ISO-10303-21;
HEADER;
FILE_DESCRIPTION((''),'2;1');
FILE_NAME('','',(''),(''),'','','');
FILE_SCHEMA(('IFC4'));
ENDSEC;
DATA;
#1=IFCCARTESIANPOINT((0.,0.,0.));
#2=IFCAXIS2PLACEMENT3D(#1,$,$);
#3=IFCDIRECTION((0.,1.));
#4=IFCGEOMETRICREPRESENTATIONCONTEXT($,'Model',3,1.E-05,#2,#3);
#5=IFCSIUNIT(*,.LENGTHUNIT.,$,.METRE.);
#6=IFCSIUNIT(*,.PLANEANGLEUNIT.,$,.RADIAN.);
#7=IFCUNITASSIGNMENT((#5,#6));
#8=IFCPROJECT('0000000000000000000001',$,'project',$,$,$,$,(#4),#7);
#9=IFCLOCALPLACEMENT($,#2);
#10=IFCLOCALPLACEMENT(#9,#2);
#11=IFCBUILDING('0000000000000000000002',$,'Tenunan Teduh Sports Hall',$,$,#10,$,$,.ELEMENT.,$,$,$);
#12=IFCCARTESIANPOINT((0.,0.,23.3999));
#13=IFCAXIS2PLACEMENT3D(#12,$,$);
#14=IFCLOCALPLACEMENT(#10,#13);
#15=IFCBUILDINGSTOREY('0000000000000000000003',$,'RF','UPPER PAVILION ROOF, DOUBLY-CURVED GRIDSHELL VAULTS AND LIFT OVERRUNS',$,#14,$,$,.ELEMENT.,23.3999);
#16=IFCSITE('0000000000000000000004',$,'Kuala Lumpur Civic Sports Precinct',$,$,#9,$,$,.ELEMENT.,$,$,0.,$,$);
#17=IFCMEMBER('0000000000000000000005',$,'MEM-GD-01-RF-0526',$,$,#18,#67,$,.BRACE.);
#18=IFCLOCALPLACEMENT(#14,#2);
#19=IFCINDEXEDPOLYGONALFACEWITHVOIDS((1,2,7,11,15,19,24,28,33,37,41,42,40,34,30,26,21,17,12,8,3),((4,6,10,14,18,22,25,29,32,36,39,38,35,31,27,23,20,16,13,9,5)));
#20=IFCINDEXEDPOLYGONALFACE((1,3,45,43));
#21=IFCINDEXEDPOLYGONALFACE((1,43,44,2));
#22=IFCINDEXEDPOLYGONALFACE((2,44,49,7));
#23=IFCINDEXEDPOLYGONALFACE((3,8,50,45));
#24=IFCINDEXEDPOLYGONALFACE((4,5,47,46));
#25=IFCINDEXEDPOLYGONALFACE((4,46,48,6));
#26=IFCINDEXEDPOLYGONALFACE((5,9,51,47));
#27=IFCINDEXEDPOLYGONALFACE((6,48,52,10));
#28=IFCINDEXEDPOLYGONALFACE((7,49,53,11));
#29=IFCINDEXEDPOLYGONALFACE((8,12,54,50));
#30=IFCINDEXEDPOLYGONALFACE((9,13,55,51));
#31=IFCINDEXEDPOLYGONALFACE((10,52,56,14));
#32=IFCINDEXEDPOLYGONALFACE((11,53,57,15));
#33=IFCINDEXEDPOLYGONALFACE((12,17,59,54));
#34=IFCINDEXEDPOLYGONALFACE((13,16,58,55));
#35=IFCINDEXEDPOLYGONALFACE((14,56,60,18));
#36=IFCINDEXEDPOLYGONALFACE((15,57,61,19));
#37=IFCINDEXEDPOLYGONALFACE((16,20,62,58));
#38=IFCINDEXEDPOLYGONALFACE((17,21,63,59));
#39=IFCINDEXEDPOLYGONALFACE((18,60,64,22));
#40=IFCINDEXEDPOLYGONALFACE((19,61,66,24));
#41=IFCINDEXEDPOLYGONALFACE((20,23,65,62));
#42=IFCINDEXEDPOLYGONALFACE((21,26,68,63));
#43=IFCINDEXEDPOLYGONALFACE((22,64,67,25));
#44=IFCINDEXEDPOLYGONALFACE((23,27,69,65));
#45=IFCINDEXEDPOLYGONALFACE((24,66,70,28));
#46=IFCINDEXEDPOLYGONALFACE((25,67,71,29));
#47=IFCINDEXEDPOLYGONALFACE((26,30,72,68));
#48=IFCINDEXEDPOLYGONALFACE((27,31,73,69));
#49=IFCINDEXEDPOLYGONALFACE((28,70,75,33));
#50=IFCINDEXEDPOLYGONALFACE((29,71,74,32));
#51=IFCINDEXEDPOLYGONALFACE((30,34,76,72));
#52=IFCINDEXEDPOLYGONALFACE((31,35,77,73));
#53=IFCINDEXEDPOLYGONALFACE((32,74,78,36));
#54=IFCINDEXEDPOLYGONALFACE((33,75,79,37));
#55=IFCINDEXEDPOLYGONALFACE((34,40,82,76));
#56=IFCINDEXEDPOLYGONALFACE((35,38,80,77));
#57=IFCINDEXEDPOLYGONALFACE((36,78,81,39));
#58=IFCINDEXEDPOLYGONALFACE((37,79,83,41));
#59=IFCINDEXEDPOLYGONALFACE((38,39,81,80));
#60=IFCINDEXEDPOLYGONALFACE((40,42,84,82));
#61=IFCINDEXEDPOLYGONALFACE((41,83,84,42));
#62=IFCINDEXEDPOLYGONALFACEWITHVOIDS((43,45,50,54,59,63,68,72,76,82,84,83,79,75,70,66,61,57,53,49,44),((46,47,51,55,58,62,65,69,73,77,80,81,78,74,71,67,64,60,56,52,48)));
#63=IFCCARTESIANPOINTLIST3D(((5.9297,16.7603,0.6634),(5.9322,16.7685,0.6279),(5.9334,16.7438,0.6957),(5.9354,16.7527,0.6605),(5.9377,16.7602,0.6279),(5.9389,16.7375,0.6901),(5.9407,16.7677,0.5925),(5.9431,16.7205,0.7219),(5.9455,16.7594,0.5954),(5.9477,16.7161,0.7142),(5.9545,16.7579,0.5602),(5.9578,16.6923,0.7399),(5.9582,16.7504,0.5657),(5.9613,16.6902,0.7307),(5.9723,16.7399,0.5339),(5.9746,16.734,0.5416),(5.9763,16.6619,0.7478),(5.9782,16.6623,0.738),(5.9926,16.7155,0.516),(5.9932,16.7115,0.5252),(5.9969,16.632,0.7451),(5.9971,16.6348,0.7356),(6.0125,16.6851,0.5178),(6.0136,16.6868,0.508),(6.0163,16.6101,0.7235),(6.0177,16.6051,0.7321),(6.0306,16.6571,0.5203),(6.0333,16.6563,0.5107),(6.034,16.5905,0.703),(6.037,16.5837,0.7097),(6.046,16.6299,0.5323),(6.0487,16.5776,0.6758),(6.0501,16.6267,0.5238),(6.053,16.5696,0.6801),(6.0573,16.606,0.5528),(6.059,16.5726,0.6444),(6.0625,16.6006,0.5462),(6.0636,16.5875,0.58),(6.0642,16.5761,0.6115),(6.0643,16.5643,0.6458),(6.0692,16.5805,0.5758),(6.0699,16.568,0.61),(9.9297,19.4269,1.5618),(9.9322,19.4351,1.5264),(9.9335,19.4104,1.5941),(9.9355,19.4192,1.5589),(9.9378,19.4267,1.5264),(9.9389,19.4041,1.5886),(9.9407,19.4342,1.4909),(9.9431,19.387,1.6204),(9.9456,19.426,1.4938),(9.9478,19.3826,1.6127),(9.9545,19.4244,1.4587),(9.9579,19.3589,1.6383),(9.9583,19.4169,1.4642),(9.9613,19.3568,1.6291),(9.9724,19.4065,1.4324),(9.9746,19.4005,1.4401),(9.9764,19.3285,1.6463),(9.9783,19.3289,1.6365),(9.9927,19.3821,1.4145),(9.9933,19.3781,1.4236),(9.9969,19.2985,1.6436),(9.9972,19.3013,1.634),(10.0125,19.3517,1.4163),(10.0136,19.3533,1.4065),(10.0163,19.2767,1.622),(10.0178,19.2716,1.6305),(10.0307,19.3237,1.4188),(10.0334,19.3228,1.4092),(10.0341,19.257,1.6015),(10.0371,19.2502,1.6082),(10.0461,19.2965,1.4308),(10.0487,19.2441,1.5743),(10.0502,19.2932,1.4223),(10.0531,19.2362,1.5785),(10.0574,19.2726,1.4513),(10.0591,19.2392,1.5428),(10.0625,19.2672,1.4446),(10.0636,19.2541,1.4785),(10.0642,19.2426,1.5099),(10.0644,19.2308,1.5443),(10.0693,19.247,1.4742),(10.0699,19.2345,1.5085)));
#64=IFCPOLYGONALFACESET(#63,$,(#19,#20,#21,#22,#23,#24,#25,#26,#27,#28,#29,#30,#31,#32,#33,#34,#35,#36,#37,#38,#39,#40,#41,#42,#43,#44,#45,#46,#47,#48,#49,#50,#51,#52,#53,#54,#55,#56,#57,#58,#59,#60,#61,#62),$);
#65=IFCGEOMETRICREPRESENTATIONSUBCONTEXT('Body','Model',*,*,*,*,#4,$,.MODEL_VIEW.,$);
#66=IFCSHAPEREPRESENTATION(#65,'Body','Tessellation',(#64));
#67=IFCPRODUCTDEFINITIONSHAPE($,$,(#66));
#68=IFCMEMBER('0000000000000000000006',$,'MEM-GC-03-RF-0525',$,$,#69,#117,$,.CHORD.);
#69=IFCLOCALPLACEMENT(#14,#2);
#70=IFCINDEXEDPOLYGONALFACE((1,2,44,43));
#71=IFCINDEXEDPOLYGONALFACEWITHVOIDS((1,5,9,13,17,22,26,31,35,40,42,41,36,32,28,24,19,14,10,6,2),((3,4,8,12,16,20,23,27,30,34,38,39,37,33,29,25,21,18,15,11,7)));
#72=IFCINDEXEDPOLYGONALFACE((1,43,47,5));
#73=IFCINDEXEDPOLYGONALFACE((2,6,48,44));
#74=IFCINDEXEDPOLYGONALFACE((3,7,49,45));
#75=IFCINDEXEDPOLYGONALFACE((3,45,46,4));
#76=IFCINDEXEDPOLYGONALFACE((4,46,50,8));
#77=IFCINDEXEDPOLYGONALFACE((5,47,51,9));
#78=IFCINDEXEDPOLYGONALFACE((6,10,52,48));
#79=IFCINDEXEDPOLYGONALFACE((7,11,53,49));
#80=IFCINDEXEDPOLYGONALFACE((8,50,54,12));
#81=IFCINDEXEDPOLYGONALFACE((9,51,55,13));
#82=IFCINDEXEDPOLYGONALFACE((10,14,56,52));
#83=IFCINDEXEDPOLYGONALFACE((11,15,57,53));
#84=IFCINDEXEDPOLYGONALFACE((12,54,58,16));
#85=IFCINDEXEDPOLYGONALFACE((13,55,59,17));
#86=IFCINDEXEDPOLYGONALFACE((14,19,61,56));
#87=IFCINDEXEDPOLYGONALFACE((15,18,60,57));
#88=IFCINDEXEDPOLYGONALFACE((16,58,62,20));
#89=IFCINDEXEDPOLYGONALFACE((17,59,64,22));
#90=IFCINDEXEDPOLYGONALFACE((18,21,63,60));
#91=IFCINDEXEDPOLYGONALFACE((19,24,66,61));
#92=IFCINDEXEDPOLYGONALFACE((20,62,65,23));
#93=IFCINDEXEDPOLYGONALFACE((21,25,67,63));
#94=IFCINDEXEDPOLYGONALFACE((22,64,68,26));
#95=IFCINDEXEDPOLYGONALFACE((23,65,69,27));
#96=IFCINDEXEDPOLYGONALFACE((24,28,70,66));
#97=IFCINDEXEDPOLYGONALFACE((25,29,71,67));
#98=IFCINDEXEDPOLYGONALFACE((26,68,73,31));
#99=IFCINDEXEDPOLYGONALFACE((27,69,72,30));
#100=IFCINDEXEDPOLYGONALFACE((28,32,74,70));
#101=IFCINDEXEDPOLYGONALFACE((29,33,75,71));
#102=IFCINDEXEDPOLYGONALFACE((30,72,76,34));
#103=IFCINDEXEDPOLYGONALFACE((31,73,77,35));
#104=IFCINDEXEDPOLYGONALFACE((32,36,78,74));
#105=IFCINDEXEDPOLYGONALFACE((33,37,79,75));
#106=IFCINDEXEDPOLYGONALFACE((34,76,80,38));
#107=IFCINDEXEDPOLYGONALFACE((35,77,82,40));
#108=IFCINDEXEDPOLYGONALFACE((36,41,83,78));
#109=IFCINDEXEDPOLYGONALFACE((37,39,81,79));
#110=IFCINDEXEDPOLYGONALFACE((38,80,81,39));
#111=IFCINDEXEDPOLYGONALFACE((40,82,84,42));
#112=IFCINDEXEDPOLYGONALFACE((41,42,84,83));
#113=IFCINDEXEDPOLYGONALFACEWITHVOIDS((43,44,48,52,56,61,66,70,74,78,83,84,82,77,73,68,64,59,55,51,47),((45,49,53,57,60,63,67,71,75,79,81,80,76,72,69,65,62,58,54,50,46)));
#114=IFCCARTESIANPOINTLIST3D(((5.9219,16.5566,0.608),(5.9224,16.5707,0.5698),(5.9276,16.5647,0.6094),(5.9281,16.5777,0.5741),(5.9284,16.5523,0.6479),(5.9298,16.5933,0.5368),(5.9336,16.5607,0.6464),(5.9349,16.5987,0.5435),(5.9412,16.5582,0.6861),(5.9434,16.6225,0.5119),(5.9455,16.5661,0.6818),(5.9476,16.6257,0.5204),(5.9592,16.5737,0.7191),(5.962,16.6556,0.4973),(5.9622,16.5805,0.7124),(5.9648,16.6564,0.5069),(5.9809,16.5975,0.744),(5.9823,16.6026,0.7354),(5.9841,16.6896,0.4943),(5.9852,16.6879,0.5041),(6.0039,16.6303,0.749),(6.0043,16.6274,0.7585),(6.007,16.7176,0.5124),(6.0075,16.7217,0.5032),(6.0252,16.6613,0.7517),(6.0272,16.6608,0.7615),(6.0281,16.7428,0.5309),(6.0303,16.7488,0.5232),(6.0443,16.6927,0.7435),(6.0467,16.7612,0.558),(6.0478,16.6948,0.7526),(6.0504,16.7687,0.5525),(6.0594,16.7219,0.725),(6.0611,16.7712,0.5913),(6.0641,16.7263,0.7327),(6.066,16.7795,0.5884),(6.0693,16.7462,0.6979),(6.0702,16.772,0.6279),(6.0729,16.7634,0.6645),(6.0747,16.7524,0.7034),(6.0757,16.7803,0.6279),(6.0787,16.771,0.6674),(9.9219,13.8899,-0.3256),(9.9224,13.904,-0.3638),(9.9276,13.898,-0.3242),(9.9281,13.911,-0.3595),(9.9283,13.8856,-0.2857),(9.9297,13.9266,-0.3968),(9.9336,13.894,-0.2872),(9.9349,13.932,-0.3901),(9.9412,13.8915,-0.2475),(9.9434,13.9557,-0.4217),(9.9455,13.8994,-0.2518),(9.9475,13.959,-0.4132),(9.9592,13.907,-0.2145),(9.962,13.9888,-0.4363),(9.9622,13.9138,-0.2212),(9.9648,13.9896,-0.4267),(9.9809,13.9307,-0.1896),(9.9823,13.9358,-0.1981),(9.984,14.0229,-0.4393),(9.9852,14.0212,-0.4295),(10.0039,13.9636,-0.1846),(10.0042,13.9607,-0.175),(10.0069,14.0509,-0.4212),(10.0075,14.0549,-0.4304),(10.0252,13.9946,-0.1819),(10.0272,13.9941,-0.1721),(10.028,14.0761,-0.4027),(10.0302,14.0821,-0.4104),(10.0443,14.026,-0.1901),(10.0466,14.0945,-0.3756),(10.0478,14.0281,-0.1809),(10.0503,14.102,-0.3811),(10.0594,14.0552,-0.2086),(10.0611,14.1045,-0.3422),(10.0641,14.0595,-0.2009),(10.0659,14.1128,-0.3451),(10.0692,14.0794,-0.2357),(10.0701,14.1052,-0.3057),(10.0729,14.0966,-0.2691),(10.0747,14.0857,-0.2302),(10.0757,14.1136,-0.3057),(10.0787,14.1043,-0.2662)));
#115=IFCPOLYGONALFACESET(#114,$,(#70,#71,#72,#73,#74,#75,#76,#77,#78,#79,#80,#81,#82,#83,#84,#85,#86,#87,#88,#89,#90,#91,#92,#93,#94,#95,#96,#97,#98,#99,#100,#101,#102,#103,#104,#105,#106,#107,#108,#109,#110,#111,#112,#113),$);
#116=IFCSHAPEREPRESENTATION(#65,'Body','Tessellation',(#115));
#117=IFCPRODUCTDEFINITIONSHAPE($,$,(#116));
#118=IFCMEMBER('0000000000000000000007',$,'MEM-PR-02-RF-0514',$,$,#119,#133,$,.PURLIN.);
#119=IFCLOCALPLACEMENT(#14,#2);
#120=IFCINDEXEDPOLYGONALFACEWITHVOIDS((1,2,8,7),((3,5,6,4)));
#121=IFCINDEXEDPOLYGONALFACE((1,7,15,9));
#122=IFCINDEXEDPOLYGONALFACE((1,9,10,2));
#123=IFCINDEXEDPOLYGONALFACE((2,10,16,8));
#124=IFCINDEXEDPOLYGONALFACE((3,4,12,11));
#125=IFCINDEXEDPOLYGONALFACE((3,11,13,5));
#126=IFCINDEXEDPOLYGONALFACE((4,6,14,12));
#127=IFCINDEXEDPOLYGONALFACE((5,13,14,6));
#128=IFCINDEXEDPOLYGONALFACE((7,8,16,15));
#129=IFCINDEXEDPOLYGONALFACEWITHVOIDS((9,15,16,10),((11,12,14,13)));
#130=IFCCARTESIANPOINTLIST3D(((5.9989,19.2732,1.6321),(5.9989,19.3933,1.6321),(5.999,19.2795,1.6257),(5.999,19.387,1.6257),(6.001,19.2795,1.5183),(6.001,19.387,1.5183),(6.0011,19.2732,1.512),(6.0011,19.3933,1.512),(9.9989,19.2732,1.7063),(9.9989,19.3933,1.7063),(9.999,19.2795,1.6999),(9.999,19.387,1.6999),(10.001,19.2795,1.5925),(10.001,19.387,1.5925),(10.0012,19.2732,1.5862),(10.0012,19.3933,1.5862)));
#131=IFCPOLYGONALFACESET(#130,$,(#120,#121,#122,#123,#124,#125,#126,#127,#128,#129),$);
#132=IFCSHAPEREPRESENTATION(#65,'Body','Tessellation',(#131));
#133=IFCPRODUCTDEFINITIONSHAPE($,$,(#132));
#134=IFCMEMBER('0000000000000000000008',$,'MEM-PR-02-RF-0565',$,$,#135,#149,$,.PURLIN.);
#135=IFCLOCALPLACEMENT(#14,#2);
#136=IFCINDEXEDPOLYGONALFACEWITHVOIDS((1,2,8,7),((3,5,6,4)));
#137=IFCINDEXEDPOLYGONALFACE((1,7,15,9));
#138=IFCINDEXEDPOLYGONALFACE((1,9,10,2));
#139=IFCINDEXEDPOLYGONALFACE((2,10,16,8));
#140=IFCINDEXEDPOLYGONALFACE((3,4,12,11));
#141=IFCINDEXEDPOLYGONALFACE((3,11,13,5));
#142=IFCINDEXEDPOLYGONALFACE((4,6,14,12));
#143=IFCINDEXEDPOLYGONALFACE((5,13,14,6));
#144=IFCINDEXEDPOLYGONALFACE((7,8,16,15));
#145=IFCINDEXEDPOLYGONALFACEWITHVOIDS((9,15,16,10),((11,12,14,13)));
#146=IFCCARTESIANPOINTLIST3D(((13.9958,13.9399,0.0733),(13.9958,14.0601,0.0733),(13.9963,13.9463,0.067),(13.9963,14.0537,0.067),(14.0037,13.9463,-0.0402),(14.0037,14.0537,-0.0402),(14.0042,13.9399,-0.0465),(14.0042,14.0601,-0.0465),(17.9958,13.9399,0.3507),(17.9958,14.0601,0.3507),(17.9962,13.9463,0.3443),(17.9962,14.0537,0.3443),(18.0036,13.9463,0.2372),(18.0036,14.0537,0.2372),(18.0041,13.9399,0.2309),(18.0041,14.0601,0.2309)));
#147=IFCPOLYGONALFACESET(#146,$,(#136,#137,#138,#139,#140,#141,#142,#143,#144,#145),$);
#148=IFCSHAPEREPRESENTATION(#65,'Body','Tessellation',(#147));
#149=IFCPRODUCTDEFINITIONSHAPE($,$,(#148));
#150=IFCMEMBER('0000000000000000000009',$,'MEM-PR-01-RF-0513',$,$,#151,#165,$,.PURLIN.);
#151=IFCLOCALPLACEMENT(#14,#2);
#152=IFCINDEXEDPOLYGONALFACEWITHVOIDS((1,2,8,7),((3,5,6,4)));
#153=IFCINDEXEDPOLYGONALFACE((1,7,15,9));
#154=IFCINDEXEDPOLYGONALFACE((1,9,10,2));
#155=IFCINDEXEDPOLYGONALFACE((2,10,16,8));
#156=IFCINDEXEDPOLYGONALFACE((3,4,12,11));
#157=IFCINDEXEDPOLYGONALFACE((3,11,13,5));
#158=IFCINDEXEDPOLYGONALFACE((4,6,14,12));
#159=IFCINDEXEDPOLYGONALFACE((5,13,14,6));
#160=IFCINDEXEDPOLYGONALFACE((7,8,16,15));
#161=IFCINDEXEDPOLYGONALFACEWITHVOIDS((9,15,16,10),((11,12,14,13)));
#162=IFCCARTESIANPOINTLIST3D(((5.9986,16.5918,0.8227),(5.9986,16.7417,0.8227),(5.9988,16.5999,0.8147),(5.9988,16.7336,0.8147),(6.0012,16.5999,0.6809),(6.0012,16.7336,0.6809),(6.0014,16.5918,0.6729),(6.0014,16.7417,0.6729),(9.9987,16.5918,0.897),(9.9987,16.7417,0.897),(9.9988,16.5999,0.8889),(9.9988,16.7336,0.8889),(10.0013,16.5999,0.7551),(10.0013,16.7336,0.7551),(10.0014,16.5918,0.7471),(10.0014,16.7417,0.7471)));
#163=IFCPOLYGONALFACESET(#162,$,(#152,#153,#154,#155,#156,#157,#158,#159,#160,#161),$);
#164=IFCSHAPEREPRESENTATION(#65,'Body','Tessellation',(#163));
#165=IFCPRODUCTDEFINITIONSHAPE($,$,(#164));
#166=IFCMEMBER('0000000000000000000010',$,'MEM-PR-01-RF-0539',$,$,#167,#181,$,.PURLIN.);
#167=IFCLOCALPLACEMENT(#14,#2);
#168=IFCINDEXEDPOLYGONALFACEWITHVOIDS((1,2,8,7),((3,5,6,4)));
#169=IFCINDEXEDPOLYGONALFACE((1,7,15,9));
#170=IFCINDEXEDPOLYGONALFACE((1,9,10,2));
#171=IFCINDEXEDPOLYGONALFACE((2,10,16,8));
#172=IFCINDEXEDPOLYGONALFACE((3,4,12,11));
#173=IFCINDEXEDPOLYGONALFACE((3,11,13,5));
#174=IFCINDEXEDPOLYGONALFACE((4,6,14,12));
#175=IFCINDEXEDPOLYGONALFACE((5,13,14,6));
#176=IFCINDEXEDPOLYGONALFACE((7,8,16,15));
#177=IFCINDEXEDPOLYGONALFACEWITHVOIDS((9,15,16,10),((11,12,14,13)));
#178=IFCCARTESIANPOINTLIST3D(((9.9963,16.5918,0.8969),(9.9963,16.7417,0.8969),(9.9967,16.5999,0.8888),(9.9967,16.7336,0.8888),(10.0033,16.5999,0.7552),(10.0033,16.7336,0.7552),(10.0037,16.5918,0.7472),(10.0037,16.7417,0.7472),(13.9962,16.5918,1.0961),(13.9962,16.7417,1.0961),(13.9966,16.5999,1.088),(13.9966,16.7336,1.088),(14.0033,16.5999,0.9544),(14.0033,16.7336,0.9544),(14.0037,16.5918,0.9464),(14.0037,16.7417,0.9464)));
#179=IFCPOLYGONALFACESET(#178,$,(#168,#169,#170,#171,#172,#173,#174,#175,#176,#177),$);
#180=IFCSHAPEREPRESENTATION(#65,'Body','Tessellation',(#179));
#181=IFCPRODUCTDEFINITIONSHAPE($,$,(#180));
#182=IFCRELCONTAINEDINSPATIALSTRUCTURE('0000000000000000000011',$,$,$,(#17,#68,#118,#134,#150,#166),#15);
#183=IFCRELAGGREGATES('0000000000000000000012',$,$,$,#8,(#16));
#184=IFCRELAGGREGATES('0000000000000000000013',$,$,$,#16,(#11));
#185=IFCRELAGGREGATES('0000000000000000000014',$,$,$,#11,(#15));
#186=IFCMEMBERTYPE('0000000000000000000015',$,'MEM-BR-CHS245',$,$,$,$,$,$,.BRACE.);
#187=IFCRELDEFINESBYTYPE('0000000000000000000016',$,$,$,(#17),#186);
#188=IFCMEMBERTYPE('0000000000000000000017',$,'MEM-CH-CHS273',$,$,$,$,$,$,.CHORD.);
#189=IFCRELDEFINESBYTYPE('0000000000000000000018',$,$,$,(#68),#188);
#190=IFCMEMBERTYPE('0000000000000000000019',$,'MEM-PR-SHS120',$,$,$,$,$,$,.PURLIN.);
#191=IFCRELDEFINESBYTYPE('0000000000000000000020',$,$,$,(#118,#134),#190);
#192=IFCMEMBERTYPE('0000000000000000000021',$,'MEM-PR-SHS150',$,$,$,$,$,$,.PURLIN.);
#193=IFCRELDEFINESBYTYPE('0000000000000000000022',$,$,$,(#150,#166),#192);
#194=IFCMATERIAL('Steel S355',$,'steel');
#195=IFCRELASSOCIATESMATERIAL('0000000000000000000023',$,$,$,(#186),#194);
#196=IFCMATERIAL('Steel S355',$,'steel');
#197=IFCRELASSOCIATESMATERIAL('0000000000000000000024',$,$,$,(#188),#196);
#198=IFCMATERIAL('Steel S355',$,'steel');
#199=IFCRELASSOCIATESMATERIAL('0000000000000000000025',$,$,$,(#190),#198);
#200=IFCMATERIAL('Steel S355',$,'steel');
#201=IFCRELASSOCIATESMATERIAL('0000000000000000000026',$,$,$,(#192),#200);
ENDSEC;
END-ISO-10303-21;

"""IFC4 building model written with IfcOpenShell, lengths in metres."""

from ifc_helpers import new_model, si_unit, direction, frame, origin, origin_2d, place, context, subcontext, project, spatial, hollow_rectangle, hollow_circle, extrude, material, material_profile, profile_set, type_object, element, save


model = new_model("IFC4")

# Units and contexts
model_context = context("Model", 3, precision=1e-05, world=origin(), true_north=direction((0.0, 1.0)))
body_context = subcontext(model_context, "Body", "Model", "MODEL_VIEW")
ifc_project = project(units=[si_unit("LENGTHUNIT", "METRE"), si_unit("PLANEANGLEUNIT", "RADIAN")], contexts=[model_context])

# Site, building, storey
site_placement = place(None, origin())
site = spatial("IfcSite", under=ifc_project, at=site_placement, Name="Kuala Lumpur Civic Sports Precinct", CompositionType="ELEMENT", RefElevation=0.0)
building_placement = place(site_placement, origin())
building = spatial("IfcBuilding", under=site, at=building_placement, Name="Tenunan Teduh Sports Hall", CompositionType="ELEMENT")
storey_placement = place(building_placement, frame((0.0, 0.0, 23.3999)))
storey = spatial("IfcBuildingStorey", under=building, at=storey_placement, Name="RF", Description="UPPER PAVILION ROOF, DOUBLY-CURVED GRIDSHELL VAULTS AND LIFT OVERRUNS", CompositionType="ELEMENT", Elevation=23.3999)

# Members
ifc_material_1 = material(Name="Steel S355", Category="steel")
ifc_material_profile_1 = material_profile(ifc_material_1, hollow_circle(Radius=0.1223, WallThickness=0.01, at=origin_2d()), Name="CHS 244.5x10.0")
ifc_profile_set_1 = profile_set([ifc_material_profile_1], Name="Steel S355")
member_type_1 = type_object("IfcMemberType", Name="MEM-BR-CHS245", PredefinedType="BRACE", material=ifc_profile_set_1)
member_1_placement = place(storey_placement, frame((6.0, 16.6667, 0.6279), z_axis=(0.817905, 0.545237, 0.183709), x_axis=(-0.554677, 0.832066, 0.0)))
element("IfcMember", 1, at=member_1_placement, inside=storey, type_object=member_type_1, Name="MEM-GD-01-RF-0526", PredefinedType="BRACE", context=body_context, shape_type="SweptSolid", body=[
    extrude(hollow_circle(Radius=0.1223, WallThickness=0.01, at=origin_2d()), origin(), (0.0, 0.0, 1.0), 4.8906),
])
ifc_material_2 = material(Name="Steel S355", Category="steel")
ifc_material_profile_2 = material_profile(ifc_material_2, hollow_circle(Radius=0.1365, WallThickness=0.01, at=origin_2d()), Name="CHS 273.0x10.0")
ifc_profile_set_2 = profile_set([ifc_material_profile_2], Name="Steel S355")
member_type_2 = type_object("IfcMemberType", Name="MEM-CH-CHS273", PredefinedType="CHORD", material=ifc_profile_set_2)
member_2_placement = place(storey_placement, frame((6.0, 16.6667, 0.6279), z_axis=(0.816783, -0.544539, -0.190636), x_axis=(0.554712, 0.832042, 0.0)))
element("IfcMember", 2, at=member_2_placement, inside=storey, type_object=member_type_2, Name="MEM-GC-03-RF-0525", PredefinedType="CHORD", context=body_context, shape_type="SweptSolid", body=[
    extrude(hollow_circle(Radius=0.1365, WallThickness=0.01, at=origin_2d()), origin(), (0.0, 0.0, 1.0), 4.8972),
])
ifc_material_3 = material(Name="Steel S355", Category="steel")
ifc_material_profile_3 = material_profile(ifc_material_3, hollow_rectangle(XDim=0.1201, YDim=0.1201, WallThickness=0.0063, at=origin_2d()), Name="SHS 120x120x6.3")
ifc_profile_set_3 = profile_set([ifc_material_profile_3], Name="Steel S355")
member_type_3 = type_object("IfcMemberType", Name="MEM-PR-SHS120", PredefinedType="PURLIN", material=ifc_profile_set_3)
member_3_placement = place(storey_placement, frame((6.0, 19.3333, 1.572), z_axis=(0.999828, 0.0, 0.018551), x_axis=(0.0, 1.0, 0.0)))
element("IfcMember", 3, at=member_3_placement, inside=storey, type_object=member_type_3, Name="MEM-PR-02-RF-0514", PredefinedType="PURLIN", context=body_context, shape_type="SweptSolid", body=[
    extrude(hollow_rectangle(XDim=0.1201, YDim=0.1201, WallThickness=0.0063, at=origin_2d()), origin(), (0.0, 0.0, 1.0), 4.0007),
])
member_4_placement = place(storey_placement, frame((14.0, 14.0, 0.0134), z_axis=(0.997605, 0.0, 0.06917), x_axis=(0.0, 1.0, 0.0)))
element("IfcMember", 4, at=member_4_placement, inside=storey, type_object=member_type_3, Name="MEM-PR-02-RF-0565", PredefinedType="PURLIN", context=body_context, shape_type="SweptSolid", body=[
    extrude(hollow_rectangle(XDim=0.1201, YDim=0.1201, WallThickness=0.0063, at=origin_2d()), origin(), (0.0, 0.0, 1.0), 4.0095),
])
ifc_material_4 = material(Name="Steel S355", Category="steel")
ifc_material_profile_4 = material_profile(ifc_material_4, hollow_rectangle(XDim=0.1499, YDim=0.1499, WallThickness=0.0081, at=origin_2d()), Name="SHS 150x150x8.0")
ifc_profile_set_4 = profile_set([ifc_material_profile_4], Name="Steel S355")
member_type_4 = type_object("IfcMemberType", Name="MEM-PR-SHS150", PredefinedType="PURLIN", material=ifc_profile_set_4)
member_5_placement = place(storey_placement, frame((6.0, 16.6667, 0.7478), z_axis=(0.999828, 0.0, 0.018551), x_axis=(0.0, 1.0, 0.0)))
element("IfcMember", 5, at=member_5_placement, inside=storey, type_object=member_type_4, Name="MEM-PR-01-RF-0513", PredefinedType="PURLIN", context=body_context, shape_type="SweptSolid", body=[
    extrude(hollow_rectangle(XDim=0.1499, YDim=0.1499, WallThickness=0.0081, at=origin_2d()), origin(), (0.0, 0.0, 1.0), 4.0007),
])
member_6_placement = place(storey_placement, frame((10.0, 16.6667, 0.822), z_axis=(0.998762, 0.0, 0.049743), x_axis=(0.0, 1.0, 0.0)))
element("IfcMember", 6, at=member_6_placement, inside=storey, type_object=member_type_4, Name="MEM-PR-01-RF-0539", PredefinedType="PURLIN", context=body_context, shape_type="SweptSolid", body=[
    extrude(hollow_rectangle(XDim=0.1499, YDim=0.1499, WallThickness=0.0081, at=origin_2d()), origin(), (0.0, 0.0, 1.0), 4.0049),
])

save(model, "model.ifc")
